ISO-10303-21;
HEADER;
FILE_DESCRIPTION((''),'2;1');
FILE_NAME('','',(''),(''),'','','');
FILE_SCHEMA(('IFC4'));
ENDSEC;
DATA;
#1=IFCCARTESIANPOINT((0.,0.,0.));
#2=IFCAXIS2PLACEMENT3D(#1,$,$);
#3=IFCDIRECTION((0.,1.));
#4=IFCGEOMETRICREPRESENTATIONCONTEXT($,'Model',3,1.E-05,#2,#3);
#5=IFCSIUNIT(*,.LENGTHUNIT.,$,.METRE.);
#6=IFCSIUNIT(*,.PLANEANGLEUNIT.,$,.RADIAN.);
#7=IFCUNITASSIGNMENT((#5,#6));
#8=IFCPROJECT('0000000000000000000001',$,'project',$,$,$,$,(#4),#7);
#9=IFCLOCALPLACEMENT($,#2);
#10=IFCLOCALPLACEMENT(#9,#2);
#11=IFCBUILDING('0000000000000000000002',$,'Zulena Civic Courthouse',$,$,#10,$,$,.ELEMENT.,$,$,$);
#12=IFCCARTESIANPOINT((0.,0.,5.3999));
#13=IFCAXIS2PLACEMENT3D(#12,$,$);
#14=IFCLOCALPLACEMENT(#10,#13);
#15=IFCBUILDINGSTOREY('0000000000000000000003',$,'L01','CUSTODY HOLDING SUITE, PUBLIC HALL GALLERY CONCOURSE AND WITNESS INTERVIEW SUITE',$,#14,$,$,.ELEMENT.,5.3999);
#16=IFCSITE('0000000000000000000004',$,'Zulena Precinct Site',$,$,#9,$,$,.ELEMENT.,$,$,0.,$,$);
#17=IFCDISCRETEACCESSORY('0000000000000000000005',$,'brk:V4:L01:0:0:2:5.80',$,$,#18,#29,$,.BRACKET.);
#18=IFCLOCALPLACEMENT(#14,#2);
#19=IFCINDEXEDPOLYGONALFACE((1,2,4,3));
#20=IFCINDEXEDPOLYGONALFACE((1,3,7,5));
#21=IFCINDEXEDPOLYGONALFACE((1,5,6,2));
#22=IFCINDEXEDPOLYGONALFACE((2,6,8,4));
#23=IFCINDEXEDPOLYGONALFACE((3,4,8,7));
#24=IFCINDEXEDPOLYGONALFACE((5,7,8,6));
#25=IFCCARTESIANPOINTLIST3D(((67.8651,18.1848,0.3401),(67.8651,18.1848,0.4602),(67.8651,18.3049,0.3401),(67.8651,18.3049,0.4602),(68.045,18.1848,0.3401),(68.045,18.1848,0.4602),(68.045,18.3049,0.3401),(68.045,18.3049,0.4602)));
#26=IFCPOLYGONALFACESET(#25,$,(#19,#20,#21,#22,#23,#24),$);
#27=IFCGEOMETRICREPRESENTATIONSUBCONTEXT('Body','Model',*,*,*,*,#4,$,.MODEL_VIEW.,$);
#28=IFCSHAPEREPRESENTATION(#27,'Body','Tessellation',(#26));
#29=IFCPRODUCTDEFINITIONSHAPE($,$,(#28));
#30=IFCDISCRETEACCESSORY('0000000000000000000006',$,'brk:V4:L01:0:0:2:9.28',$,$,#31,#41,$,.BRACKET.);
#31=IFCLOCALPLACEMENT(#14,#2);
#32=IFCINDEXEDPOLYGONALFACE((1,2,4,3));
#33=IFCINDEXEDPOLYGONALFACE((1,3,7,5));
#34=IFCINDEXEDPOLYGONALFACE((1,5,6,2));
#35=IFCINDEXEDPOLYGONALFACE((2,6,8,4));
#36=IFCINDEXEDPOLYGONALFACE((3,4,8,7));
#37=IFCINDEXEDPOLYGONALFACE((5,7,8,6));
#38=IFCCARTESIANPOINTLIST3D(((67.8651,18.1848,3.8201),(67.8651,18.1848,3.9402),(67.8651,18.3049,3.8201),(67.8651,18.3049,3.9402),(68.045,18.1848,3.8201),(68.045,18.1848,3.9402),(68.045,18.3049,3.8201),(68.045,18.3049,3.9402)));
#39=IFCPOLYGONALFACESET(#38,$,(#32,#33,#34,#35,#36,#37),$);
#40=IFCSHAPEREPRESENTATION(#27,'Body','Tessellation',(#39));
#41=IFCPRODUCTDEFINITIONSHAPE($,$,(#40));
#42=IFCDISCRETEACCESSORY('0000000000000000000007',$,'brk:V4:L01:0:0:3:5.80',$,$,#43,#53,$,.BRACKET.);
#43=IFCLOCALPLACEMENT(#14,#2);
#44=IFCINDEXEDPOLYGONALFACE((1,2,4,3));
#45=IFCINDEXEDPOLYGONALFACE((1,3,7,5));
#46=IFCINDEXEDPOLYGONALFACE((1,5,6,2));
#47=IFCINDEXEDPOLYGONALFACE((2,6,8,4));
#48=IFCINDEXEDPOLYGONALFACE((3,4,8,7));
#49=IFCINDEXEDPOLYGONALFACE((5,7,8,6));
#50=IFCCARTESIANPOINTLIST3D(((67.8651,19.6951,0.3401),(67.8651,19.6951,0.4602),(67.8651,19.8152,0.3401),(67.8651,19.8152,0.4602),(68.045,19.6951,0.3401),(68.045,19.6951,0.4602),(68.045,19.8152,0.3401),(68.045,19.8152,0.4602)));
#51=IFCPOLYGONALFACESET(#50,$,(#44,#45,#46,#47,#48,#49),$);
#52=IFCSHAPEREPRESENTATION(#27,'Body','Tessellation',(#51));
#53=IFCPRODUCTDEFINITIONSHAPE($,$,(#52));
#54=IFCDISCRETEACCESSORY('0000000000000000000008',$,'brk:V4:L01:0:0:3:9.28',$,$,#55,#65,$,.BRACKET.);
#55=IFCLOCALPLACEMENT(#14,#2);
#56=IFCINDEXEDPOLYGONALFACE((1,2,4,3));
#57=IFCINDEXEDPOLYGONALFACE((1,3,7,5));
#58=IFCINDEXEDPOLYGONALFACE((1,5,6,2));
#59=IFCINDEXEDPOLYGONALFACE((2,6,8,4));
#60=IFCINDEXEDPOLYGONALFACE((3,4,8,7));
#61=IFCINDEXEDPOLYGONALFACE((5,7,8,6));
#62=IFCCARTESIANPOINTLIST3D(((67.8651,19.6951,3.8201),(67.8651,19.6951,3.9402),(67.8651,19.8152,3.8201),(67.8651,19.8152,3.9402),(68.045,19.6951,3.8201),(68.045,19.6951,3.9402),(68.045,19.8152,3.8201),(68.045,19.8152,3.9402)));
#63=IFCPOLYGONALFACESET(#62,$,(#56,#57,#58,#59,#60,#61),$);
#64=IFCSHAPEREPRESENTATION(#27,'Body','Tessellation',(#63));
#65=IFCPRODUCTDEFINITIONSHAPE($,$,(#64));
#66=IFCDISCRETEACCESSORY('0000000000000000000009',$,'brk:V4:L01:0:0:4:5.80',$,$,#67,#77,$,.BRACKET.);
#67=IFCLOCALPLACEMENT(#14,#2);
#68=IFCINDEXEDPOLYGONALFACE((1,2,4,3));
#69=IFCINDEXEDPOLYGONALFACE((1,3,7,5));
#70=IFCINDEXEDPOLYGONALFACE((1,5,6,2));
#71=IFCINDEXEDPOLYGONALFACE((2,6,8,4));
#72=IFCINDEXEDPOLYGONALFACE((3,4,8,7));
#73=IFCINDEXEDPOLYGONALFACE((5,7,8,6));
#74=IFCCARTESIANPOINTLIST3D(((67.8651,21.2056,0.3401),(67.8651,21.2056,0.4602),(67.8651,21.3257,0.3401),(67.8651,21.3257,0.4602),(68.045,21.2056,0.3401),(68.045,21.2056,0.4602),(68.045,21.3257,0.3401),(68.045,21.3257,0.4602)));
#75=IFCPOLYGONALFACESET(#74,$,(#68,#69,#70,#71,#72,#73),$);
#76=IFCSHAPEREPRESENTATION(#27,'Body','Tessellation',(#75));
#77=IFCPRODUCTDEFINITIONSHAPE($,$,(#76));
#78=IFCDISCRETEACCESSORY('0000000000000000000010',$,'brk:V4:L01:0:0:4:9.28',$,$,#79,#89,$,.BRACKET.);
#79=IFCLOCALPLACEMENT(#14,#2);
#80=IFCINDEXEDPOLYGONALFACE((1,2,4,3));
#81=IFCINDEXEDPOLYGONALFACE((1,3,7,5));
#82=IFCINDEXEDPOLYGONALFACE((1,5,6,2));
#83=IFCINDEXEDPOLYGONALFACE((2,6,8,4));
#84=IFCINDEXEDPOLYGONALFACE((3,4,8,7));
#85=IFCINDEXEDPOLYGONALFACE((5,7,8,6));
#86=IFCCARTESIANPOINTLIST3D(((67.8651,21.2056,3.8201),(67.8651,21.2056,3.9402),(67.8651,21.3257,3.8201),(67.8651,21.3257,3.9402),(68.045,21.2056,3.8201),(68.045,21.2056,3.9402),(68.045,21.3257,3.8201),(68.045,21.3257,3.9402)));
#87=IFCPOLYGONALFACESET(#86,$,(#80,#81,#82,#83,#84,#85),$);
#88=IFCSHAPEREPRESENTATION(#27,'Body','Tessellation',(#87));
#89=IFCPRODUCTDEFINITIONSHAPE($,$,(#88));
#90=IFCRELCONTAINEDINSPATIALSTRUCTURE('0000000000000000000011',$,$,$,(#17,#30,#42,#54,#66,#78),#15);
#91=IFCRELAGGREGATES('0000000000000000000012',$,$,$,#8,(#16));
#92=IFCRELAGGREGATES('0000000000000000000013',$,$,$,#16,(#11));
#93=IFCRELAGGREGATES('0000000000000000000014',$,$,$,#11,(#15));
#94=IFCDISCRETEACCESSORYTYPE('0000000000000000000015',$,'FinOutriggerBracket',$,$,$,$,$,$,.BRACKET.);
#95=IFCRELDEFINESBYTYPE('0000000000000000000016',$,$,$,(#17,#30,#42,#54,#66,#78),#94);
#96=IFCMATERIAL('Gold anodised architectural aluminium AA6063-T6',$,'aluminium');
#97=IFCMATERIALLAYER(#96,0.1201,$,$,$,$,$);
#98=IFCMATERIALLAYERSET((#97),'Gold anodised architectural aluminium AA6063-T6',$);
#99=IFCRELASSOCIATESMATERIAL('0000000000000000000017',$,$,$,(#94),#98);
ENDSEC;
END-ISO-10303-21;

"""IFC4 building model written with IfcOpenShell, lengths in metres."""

from ifc_helpers import new_model, si_unit, direction, frame, origin, origin_2d, place, context, subcontext, project, spatial, rectangle, extrude, material, layer, layer_set, type_object, element, save


model = new_model("IFC4")

# Units and contexts
model_context = context("Model", 3, precision=1e-05, world=origin(), true_north=direction((0.0, 1.0)))
body_context = subcontext(model_context, "Body", "Model", "MODEL_VIEW")
ifc_project = project(units=[si_unit("LENGTHUNIT", "METRE"), si_unit("PLANEANGLEUNIT", "RADIAN")], contexts=[model_context])

# Site, building, storey
site_placement = place(None, origin())
site = spatial("IfcSite", under=ifc_project, at=site_placement, Name="Zulena Precinct Site", CompositionType="ELEMENT", RefElevation=0.0)
building_placement = place(site_placement, origin())
building = spatial("IfcBuilding", under=site, at=building_placement, Name="Zulena Civic Courthouse", CompositionType="ELEMENT")
storey_placement = place(building_placement, frame((0.0, 0.0, 5.3999)))
storey = spatial("IfcBuildingStorey", under=building, at=storey_placement, Name="L01", Description="CUSTODY HOLDING SUITE, PUBLIC HALL GALLERY CONCOURSE AND WITNESS INTERVIEW SUITE", CompositionType="ELEMENT", Elevation=5.3999)

# Shared definitions
ifc_material_1 = material(Name="Gold anodised architectural aluminium AA6063-T6", Category="aluminium")

# Discrete accessories
ifc_layer_1 = layer(ifc_material_1, 0.1201)
ifc_layer_set_1 = layer_set([ifc_layer_1], Name="Gold anodised architectural aluminium AA6063-T6")
discrete_accessory_type = type_object("IfcDiscreteAccessoryType", Name="FinOutriggerBracket", PredefinedType="BRACKET", material=ifc_layer_set_1)
for number, where, z_axis, x_axis, name in (
    (1, (67.9551, 18.2449, 0.3401), (0.0, 0.0, 1.0), (-1.0, 0.0, 0.0), "brk:V4:L01:0:0:2:5.80"),
    (2, (67.9551, 18.2449, 3.8201), (0.0, 0.0, 1.0), (-1.0, 0.0, 0.0), "brk:V4:L01:0:0:2:9.28"),
    (3, (67.9551, 19.7551, 0.3401), (0.0, 0.0, 1.0), (-1.0, 0.0, 0.0), "brk:V4:L01:0:0:3:5.80"),
    (4, (67.9551, 19.7551, 3.8201), (0.0, 0.0, 1.0), (-1.0, 0.0, 0.0), "brk:V4:L01:0:0:3:9.28"),
    (5, (67.9551, 21.2656, 0.3401), (0.0, 0.0, 1.0), (-1.0, 0.0, 0.0), "brk:V4:L01:0:0:4:5.80"),
    (6, (67.9551, 21.2656, 3.8201), (0.0, 0.0, 1.0), (-1.0, 0.0, 0.0), "brk:V4:L01:0:0:4:9.28"),
):
    element("IfcDiscreteAccessory", number, at=place(storey_placement, frame(where, z_axis=z_axis, x_axis=x_axis)), inside=storey, type_object=discrete_accessory_type, Name=name, PredefinedType="BRACKET", context=body_context, shape_type="SweptSolid", body=[
        extrude(rectangle(XDim=0.1799, YDim=0.1201, at=origin_2d()), origin(), (0.0, 0.0, 1.0), 0.1201),
    ])

save(model, "model.ifc")
